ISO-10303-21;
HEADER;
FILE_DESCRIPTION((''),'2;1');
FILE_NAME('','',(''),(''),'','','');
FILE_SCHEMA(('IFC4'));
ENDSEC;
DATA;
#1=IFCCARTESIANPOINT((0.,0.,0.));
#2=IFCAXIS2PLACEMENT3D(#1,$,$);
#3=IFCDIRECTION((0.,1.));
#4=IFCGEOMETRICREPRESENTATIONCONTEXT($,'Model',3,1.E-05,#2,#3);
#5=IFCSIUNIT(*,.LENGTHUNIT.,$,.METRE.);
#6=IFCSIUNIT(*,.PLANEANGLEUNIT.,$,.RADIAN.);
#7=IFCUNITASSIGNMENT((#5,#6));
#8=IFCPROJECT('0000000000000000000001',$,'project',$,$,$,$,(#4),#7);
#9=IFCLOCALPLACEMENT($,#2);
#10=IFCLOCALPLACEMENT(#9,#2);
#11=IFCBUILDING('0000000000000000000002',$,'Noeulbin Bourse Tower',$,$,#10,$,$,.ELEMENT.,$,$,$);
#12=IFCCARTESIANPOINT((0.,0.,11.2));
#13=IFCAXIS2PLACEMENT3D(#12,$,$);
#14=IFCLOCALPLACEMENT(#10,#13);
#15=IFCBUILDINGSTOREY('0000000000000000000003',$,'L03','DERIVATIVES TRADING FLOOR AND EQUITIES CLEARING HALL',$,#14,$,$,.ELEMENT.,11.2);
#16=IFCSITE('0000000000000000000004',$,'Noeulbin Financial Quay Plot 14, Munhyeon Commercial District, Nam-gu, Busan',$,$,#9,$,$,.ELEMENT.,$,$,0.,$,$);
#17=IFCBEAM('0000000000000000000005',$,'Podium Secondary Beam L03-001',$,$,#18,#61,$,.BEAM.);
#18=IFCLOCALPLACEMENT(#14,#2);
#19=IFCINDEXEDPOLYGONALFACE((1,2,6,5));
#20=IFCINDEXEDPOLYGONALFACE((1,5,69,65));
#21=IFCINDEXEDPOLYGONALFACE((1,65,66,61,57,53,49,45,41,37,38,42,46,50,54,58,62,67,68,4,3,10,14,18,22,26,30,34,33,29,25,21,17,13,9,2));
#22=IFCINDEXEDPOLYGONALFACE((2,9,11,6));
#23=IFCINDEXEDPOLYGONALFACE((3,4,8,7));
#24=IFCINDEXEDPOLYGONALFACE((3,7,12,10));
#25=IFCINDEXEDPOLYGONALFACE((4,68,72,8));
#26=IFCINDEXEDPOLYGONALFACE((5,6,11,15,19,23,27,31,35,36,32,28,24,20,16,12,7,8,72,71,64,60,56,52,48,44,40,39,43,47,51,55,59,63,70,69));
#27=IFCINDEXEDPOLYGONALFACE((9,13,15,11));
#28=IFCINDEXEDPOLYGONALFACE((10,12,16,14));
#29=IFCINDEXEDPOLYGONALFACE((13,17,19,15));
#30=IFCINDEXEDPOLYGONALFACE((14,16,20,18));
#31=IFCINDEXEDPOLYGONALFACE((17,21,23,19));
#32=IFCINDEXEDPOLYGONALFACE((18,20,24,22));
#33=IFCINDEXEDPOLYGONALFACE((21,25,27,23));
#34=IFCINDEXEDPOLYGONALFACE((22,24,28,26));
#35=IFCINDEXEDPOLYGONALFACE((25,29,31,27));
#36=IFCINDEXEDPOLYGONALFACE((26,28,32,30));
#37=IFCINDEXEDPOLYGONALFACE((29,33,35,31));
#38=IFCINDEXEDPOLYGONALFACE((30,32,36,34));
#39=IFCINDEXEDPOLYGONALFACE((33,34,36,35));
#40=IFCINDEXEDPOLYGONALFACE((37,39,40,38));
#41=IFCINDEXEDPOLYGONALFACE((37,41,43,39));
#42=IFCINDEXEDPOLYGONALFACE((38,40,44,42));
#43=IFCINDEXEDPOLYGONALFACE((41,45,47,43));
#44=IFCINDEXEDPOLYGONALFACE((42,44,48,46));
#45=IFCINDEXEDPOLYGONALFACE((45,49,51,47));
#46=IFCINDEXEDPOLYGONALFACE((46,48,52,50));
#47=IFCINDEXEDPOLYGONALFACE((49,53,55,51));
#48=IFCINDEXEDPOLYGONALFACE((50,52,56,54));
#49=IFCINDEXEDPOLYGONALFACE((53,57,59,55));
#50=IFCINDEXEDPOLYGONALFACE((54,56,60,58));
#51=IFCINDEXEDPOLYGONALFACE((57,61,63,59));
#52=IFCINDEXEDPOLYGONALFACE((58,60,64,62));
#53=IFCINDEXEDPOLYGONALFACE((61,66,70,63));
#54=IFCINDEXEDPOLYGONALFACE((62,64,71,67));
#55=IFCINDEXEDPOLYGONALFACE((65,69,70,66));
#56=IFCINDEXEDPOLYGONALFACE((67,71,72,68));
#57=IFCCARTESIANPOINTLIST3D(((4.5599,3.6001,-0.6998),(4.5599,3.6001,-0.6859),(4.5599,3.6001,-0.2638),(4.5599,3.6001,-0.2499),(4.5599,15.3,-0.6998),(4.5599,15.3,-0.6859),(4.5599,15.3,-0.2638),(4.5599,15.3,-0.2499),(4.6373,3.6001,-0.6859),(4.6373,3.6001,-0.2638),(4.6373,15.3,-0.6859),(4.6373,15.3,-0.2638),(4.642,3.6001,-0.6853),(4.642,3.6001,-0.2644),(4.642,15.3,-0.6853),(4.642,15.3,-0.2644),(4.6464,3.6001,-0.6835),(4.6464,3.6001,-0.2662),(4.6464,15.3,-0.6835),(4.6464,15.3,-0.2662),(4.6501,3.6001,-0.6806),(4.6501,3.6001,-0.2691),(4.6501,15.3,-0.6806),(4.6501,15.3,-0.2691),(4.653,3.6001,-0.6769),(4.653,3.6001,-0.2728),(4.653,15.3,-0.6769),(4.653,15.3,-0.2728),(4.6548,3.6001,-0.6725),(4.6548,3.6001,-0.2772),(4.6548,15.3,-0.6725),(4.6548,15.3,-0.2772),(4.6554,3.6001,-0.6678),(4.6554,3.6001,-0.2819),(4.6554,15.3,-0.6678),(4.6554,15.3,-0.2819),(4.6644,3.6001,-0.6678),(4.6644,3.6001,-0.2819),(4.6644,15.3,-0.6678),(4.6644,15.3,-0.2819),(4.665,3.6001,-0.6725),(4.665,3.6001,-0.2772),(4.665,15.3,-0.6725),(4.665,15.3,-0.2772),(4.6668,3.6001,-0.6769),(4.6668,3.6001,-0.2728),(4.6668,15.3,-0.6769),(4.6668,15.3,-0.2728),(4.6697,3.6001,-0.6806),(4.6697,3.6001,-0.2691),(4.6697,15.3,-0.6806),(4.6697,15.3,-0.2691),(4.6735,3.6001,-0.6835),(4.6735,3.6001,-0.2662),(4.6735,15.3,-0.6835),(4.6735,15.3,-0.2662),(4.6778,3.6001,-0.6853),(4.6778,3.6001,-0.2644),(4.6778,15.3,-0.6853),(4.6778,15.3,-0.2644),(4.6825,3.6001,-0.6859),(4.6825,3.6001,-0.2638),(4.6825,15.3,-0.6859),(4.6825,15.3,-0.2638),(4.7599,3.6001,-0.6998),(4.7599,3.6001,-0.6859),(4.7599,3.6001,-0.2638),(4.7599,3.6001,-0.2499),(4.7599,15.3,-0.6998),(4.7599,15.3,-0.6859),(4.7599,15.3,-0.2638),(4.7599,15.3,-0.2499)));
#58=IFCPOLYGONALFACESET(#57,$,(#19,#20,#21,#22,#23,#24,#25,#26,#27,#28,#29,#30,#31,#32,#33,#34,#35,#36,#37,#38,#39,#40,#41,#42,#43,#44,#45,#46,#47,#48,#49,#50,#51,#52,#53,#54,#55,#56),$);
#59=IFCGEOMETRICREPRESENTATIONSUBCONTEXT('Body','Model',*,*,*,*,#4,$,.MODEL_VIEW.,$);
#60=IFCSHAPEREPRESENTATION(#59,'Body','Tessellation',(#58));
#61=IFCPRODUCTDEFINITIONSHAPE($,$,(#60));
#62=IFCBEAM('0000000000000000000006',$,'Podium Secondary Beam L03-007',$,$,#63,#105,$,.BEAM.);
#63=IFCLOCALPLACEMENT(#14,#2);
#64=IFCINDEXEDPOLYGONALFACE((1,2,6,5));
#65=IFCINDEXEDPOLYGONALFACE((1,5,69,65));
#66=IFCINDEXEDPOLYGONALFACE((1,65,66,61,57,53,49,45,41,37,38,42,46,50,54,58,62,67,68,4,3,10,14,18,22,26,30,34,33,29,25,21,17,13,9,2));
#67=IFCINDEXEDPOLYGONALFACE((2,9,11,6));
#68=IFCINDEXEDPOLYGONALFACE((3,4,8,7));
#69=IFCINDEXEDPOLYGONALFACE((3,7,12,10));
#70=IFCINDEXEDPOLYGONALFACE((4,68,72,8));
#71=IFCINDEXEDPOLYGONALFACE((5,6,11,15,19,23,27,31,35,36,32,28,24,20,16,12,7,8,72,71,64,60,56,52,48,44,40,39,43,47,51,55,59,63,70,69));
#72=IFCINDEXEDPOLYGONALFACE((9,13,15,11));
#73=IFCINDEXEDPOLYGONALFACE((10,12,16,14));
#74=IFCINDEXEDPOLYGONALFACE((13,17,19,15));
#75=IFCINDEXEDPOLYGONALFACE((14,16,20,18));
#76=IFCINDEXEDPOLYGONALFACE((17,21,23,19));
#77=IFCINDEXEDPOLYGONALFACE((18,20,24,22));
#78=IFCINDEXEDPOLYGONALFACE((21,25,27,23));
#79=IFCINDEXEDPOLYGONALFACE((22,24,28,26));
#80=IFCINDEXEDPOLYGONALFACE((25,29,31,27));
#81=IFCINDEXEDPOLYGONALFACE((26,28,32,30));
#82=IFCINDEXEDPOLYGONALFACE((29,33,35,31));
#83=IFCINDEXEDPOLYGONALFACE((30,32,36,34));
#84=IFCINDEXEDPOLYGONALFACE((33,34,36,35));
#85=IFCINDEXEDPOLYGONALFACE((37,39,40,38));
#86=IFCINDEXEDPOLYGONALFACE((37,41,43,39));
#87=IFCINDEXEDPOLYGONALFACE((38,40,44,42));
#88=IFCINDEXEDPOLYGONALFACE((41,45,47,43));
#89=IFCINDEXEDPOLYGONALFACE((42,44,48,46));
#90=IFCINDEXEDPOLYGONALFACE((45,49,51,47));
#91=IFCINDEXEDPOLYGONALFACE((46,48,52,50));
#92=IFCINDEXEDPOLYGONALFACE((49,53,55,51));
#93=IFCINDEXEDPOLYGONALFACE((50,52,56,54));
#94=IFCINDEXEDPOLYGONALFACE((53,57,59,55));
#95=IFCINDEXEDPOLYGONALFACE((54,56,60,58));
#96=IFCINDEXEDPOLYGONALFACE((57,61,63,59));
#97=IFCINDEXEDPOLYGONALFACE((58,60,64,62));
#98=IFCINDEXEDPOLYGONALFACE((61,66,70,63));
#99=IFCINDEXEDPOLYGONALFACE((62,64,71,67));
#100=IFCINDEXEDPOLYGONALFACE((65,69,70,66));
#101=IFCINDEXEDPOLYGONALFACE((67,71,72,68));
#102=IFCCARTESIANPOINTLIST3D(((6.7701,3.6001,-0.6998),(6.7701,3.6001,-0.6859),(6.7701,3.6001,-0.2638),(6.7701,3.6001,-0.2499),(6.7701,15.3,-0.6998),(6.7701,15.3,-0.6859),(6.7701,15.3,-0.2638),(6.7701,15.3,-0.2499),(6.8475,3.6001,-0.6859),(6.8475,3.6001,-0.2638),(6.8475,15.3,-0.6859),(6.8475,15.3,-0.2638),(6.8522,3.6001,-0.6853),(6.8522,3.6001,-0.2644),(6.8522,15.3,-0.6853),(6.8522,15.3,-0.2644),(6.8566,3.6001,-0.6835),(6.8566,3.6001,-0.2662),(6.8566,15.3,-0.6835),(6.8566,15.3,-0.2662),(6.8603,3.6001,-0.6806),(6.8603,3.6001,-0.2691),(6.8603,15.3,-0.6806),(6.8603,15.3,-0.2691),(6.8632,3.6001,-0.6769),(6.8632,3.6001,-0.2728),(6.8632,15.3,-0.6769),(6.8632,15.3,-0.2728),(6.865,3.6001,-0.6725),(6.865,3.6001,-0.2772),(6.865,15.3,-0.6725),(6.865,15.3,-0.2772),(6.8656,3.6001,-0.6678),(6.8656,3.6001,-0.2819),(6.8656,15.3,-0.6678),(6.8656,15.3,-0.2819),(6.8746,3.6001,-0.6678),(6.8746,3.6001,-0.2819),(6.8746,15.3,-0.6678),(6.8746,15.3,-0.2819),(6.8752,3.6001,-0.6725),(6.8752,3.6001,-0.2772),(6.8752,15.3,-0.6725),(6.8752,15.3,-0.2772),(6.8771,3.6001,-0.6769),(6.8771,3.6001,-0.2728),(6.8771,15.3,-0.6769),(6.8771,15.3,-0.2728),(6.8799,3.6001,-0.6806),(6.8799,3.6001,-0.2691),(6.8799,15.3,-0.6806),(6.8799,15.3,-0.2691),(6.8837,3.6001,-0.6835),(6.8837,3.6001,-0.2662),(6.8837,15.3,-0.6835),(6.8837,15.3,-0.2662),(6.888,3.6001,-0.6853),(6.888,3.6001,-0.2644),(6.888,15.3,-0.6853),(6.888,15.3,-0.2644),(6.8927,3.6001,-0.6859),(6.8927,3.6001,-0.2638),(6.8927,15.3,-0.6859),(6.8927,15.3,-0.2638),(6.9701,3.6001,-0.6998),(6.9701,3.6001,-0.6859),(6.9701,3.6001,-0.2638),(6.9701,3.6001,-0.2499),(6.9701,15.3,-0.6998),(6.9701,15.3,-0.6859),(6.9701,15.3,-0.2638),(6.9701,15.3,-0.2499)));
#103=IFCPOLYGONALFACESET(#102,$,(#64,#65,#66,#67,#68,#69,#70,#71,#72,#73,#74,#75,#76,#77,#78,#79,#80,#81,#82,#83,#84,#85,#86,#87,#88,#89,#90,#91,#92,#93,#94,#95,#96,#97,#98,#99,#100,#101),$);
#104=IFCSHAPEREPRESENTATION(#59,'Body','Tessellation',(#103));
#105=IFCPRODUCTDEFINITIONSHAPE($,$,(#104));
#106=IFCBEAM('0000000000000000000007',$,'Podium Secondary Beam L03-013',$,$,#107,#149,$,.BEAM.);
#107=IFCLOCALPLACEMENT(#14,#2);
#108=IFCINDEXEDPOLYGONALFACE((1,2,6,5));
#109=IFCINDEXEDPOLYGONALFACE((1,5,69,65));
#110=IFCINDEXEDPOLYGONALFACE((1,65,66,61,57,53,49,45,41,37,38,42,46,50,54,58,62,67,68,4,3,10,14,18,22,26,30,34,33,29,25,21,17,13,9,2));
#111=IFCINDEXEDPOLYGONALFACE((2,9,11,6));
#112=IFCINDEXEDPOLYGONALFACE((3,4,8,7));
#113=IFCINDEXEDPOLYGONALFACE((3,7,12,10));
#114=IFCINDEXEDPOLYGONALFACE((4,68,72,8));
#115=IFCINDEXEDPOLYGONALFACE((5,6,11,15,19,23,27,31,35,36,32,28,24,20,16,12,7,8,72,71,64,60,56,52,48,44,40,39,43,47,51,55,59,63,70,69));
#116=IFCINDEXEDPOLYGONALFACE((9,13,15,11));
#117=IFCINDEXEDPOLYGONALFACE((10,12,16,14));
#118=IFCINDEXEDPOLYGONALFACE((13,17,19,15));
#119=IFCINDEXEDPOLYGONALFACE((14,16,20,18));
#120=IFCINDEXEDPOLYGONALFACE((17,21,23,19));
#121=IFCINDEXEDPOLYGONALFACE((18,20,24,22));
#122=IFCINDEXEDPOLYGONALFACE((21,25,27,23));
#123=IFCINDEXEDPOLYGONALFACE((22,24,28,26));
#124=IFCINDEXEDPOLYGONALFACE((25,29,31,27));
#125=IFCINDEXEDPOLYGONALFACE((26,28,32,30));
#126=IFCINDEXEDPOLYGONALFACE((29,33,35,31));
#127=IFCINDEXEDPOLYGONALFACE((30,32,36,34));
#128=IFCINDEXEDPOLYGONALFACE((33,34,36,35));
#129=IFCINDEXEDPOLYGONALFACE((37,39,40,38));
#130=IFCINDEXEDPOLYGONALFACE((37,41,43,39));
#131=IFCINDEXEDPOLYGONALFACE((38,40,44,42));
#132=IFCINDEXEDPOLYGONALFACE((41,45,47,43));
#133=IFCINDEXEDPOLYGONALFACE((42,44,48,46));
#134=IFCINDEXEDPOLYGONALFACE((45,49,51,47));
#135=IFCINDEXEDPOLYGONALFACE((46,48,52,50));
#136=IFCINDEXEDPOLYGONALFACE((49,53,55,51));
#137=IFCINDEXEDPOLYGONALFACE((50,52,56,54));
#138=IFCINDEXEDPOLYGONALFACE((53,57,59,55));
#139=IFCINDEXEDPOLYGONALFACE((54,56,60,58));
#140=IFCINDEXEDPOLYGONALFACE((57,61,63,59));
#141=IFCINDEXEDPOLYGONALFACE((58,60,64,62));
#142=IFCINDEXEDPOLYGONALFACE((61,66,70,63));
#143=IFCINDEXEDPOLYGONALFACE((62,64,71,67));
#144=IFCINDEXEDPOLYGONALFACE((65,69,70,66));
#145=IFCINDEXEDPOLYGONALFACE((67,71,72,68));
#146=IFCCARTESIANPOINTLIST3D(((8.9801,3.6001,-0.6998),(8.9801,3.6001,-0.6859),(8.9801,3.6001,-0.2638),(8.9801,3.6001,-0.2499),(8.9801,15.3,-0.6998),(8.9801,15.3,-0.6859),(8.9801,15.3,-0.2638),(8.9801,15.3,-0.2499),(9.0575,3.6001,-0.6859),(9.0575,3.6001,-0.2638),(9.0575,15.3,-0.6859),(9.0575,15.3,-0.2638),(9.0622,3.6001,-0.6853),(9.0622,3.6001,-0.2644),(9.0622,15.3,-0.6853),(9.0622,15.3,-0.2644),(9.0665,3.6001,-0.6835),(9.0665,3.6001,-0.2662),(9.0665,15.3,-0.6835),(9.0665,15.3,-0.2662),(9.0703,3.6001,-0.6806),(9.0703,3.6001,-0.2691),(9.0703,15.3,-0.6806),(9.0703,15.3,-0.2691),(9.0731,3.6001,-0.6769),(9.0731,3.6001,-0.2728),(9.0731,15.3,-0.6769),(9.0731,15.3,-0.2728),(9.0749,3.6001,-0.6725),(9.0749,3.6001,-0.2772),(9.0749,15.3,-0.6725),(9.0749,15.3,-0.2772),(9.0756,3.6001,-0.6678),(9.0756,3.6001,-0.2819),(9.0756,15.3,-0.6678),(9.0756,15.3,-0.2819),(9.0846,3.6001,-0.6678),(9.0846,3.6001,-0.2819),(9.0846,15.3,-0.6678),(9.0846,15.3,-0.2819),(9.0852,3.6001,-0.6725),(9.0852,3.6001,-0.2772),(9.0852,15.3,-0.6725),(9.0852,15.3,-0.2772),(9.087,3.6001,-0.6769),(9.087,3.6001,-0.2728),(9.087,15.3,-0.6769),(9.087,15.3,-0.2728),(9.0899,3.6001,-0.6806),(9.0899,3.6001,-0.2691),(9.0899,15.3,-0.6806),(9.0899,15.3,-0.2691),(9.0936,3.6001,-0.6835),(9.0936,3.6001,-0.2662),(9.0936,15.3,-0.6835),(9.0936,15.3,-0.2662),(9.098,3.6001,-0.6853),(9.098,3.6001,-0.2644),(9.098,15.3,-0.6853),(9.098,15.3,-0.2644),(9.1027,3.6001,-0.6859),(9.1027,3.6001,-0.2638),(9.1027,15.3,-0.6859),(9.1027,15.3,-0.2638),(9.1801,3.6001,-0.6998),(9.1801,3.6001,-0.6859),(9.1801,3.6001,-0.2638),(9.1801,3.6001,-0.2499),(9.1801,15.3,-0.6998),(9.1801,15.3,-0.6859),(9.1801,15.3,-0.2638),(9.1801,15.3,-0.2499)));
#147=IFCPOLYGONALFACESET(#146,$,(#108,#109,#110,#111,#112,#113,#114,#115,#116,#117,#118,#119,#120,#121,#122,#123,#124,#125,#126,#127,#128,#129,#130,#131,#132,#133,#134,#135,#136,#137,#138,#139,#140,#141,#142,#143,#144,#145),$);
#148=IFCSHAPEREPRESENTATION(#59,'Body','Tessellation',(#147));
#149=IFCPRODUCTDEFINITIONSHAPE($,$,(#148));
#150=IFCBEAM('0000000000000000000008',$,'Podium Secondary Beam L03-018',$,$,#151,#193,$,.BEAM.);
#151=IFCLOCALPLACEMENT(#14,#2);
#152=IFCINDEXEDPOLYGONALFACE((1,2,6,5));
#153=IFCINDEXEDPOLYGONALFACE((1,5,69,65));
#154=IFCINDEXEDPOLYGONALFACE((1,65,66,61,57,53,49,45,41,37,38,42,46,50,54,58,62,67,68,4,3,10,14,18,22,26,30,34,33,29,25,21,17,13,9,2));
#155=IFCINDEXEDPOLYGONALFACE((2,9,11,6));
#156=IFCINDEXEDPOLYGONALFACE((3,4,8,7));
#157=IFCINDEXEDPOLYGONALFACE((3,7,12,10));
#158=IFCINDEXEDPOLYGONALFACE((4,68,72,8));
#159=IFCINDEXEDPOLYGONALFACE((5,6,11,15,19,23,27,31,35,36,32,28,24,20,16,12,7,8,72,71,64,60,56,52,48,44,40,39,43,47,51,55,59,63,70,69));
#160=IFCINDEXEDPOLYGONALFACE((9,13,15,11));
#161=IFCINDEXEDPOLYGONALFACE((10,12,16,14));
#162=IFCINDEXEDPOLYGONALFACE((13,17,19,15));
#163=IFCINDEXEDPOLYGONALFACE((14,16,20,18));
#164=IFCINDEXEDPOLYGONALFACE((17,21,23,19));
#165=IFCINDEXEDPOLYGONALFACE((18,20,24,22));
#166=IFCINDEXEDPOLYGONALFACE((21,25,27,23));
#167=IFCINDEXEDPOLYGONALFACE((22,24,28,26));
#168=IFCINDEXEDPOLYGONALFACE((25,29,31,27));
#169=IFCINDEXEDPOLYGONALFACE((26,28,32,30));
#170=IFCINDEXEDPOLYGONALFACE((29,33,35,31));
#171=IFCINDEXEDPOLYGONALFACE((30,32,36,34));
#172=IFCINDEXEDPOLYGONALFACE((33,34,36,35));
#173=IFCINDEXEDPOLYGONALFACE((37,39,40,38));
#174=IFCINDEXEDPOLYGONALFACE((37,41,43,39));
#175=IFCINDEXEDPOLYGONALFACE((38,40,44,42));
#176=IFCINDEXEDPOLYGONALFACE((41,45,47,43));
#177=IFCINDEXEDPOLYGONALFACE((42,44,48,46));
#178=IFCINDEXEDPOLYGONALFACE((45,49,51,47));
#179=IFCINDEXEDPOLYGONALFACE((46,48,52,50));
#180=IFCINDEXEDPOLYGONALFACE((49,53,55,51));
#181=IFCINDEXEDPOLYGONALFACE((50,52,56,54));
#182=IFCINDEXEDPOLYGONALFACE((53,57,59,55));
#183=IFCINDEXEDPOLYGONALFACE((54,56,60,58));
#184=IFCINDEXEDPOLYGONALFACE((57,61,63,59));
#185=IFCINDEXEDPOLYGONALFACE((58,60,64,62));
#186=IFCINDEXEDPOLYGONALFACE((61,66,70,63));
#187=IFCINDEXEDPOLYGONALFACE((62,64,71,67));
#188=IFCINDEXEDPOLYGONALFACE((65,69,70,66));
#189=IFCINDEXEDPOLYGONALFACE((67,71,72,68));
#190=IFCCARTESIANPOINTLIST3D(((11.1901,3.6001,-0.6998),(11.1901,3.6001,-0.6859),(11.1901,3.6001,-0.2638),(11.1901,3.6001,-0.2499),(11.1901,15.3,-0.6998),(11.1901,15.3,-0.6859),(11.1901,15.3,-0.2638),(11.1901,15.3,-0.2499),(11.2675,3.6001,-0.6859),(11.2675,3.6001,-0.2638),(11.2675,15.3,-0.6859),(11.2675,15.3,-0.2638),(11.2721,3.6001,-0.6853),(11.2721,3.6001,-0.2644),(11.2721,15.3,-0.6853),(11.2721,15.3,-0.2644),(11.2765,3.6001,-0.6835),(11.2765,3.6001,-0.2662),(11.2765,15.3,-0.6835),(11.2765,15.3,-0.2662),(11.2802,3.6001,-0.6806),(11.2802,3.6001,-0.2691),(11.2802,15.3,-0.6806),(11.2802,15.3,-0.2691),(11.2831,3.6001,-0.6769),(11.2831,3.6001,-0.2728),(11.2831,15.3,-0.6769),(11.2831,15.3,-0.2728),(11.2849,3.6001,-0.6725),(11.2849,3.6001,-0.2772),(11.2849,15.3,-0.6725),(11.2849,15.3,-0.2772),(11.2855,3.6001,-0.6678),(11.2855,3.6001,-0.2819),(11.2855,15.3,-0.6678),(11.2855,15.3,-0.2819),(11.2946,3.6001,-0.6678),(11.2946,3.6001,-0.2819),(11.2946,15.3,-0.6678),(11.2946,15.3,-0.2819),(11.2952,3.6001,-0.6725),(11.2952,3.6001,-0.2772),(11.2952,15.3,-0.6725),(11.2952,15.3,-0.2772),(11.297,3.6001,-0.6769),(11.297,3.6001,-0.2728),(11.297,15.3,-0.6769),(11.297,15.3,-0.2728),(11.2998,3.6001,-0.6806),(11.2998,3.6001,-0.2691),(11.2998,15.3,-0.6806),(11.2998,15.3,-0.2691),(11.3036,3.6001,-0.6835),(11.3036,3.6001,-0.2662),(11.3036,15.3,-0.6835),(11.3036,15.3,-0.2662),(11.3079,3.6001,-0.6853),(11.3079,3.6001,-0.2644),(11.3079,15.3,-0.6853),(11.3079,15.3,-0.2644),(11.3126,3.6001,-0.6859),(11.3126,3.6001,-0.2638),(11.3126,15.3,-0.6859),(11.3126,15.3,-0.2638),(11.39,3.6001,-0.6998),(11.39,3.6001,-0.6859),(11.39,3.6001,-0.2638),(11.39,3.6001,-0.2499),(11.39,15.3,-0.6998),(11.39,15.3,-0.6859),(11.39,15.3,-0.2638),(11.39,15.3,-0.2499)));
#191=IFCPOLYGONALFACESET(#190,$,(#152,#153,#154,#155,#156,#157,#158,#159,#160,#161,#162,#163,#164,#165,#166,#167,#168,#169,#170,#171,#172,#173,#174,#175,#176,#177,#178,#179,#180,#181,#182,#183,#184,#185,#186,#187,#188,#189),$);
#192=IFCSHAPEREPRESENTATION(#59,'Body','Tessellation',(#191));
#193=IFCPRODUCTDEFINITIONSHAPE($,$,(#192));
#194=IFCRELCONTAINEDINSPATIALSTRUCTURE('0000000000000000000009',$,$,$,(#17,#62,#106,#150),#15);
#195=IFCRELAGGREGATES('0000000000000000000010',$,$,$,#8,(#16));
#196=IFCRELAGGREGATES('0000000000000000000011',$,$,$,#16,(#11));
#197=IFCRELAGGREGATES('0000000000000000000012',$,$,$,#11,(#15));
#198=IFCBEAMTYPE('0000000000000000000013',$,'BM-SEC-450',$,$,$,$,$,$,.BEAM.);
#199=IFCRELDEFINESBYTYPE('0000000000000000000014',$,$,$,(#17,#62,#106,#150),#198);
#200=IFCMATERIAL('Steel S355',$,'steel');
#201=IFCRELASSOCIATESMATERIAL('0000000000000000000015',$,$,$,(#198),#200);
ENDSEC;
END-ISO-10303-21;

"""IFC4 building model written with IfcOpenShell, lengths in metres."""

from ifc_helpers import new_model, si_unit, direction, frame, origin, origin_2d, place, context, subcontext, project, spatial, i_section, extrude, material, material_profile, profile_set, type_object, element, save


model = new_model("IFC4")

# Units and contexts
model_context = context("Model", 3, precision=1e-05, world=origin(), true_north=direction((0.0, 1.0)))
body_context = subcontext(model_context, "Body", "Model", "MODEL_VIEW")
ifc_project = project(units=[si_unit("LENGTHUNIT", "METRE"), si_unit("PLANEANGLEUNIT", "RADIAN")], contexts=[model_context])

# Site, building, storey
site_placement = place(None, origin())
site = spatial("IfcSite", under=ifc_project, at=site_placement, Name="Noeulbin Financial Quay Plot 14, Munhyeon Commercial District, Nam-gu, Busan", CompositionType="ELEMENT", RefElevation=0.0)
building_placement = place(site_placement, origin())
building = spatial("IfcBuilding", under=site, at=building_placement, Name="Noeulbin Bourse Tower", CompositionType="ELEMENT")
storey_placement = place(building_placement, frame((0.0, 0.0, 11.2)))
storey = spatial("IfcBuildingStorey", under=building, at=storey_placement, Name="L03", Description="DERIVATIVES TRADING FLOOR AND EQUITIES CLEARING HALL", CompositionType="ELEMENT", Elevation=11.2)

# Beams
ifc_material_1 = material(Name="Steel S355", Category="steel")
ifc_material_profile_1 = material_profile(ifc_material_1, i_section(OverallWidth=0.2, OverallDepth=0.45, WebThickness=0.009, FlangeThickness=0.0139, FilletRadius=0.0181, at=origin_2d()), Name="H-450x200x9x14", Category="LoadBearing")
ifc_profile_set_1 = profile_set([ifc_material_profile_1], Name="Steel S355")
beam_type_1 = type_object("IfcBeamType", Name="BM-SEC-450", PredefinedType="BEAM", material=ifc_profile_set_1)
for number, where, z_axis, x_axis, name in (
    (1, (4.6599, 3.6001, -0.4749), (0.0, 1.0, 0.0), (-1.0, 0.0, 0.0), "Podium Secondary Beam L03-001"),
    (2, (6.8701, 3.6001, -0.4749), (0.0, 1.0, 0.0), (-1.0, 0.0, 0.0), "Podium Secondary Beam L03-007"),
    (3, (9.0801, 3.6001, -0.4749), (0.0, 1.0, 0.0), (-1.0, 0.0, 0.0), "Podium Secondary Beam L03-013"),
    (4, (11.29, 3.6001, -0.4749), (0.0, 1.0, 0.0), (-1.0, 0.0, 0.0), "Podium Secondary Beam L03-018"),
):
    element("IfcBeam", number, at=place(storey_placement, frame(where, z_axis=z_axis, x_axis=x_axis)), inside=storey, type_object=beam_type_1, Name=name, PredefinedType="BEAM", context=body_context, shape_type="SweptSolid", body=[
        extrude(i_section(OverallWidth=0.2, OverallDepth=0.45, WebThickness=0.009, FlangeThickness=0.0139, FilletRadius=0.0181, at=origin_2d()), origin(), (0.0, 0.0, 1.0), 11.7),
    ])

save(model, "model.ifc")
